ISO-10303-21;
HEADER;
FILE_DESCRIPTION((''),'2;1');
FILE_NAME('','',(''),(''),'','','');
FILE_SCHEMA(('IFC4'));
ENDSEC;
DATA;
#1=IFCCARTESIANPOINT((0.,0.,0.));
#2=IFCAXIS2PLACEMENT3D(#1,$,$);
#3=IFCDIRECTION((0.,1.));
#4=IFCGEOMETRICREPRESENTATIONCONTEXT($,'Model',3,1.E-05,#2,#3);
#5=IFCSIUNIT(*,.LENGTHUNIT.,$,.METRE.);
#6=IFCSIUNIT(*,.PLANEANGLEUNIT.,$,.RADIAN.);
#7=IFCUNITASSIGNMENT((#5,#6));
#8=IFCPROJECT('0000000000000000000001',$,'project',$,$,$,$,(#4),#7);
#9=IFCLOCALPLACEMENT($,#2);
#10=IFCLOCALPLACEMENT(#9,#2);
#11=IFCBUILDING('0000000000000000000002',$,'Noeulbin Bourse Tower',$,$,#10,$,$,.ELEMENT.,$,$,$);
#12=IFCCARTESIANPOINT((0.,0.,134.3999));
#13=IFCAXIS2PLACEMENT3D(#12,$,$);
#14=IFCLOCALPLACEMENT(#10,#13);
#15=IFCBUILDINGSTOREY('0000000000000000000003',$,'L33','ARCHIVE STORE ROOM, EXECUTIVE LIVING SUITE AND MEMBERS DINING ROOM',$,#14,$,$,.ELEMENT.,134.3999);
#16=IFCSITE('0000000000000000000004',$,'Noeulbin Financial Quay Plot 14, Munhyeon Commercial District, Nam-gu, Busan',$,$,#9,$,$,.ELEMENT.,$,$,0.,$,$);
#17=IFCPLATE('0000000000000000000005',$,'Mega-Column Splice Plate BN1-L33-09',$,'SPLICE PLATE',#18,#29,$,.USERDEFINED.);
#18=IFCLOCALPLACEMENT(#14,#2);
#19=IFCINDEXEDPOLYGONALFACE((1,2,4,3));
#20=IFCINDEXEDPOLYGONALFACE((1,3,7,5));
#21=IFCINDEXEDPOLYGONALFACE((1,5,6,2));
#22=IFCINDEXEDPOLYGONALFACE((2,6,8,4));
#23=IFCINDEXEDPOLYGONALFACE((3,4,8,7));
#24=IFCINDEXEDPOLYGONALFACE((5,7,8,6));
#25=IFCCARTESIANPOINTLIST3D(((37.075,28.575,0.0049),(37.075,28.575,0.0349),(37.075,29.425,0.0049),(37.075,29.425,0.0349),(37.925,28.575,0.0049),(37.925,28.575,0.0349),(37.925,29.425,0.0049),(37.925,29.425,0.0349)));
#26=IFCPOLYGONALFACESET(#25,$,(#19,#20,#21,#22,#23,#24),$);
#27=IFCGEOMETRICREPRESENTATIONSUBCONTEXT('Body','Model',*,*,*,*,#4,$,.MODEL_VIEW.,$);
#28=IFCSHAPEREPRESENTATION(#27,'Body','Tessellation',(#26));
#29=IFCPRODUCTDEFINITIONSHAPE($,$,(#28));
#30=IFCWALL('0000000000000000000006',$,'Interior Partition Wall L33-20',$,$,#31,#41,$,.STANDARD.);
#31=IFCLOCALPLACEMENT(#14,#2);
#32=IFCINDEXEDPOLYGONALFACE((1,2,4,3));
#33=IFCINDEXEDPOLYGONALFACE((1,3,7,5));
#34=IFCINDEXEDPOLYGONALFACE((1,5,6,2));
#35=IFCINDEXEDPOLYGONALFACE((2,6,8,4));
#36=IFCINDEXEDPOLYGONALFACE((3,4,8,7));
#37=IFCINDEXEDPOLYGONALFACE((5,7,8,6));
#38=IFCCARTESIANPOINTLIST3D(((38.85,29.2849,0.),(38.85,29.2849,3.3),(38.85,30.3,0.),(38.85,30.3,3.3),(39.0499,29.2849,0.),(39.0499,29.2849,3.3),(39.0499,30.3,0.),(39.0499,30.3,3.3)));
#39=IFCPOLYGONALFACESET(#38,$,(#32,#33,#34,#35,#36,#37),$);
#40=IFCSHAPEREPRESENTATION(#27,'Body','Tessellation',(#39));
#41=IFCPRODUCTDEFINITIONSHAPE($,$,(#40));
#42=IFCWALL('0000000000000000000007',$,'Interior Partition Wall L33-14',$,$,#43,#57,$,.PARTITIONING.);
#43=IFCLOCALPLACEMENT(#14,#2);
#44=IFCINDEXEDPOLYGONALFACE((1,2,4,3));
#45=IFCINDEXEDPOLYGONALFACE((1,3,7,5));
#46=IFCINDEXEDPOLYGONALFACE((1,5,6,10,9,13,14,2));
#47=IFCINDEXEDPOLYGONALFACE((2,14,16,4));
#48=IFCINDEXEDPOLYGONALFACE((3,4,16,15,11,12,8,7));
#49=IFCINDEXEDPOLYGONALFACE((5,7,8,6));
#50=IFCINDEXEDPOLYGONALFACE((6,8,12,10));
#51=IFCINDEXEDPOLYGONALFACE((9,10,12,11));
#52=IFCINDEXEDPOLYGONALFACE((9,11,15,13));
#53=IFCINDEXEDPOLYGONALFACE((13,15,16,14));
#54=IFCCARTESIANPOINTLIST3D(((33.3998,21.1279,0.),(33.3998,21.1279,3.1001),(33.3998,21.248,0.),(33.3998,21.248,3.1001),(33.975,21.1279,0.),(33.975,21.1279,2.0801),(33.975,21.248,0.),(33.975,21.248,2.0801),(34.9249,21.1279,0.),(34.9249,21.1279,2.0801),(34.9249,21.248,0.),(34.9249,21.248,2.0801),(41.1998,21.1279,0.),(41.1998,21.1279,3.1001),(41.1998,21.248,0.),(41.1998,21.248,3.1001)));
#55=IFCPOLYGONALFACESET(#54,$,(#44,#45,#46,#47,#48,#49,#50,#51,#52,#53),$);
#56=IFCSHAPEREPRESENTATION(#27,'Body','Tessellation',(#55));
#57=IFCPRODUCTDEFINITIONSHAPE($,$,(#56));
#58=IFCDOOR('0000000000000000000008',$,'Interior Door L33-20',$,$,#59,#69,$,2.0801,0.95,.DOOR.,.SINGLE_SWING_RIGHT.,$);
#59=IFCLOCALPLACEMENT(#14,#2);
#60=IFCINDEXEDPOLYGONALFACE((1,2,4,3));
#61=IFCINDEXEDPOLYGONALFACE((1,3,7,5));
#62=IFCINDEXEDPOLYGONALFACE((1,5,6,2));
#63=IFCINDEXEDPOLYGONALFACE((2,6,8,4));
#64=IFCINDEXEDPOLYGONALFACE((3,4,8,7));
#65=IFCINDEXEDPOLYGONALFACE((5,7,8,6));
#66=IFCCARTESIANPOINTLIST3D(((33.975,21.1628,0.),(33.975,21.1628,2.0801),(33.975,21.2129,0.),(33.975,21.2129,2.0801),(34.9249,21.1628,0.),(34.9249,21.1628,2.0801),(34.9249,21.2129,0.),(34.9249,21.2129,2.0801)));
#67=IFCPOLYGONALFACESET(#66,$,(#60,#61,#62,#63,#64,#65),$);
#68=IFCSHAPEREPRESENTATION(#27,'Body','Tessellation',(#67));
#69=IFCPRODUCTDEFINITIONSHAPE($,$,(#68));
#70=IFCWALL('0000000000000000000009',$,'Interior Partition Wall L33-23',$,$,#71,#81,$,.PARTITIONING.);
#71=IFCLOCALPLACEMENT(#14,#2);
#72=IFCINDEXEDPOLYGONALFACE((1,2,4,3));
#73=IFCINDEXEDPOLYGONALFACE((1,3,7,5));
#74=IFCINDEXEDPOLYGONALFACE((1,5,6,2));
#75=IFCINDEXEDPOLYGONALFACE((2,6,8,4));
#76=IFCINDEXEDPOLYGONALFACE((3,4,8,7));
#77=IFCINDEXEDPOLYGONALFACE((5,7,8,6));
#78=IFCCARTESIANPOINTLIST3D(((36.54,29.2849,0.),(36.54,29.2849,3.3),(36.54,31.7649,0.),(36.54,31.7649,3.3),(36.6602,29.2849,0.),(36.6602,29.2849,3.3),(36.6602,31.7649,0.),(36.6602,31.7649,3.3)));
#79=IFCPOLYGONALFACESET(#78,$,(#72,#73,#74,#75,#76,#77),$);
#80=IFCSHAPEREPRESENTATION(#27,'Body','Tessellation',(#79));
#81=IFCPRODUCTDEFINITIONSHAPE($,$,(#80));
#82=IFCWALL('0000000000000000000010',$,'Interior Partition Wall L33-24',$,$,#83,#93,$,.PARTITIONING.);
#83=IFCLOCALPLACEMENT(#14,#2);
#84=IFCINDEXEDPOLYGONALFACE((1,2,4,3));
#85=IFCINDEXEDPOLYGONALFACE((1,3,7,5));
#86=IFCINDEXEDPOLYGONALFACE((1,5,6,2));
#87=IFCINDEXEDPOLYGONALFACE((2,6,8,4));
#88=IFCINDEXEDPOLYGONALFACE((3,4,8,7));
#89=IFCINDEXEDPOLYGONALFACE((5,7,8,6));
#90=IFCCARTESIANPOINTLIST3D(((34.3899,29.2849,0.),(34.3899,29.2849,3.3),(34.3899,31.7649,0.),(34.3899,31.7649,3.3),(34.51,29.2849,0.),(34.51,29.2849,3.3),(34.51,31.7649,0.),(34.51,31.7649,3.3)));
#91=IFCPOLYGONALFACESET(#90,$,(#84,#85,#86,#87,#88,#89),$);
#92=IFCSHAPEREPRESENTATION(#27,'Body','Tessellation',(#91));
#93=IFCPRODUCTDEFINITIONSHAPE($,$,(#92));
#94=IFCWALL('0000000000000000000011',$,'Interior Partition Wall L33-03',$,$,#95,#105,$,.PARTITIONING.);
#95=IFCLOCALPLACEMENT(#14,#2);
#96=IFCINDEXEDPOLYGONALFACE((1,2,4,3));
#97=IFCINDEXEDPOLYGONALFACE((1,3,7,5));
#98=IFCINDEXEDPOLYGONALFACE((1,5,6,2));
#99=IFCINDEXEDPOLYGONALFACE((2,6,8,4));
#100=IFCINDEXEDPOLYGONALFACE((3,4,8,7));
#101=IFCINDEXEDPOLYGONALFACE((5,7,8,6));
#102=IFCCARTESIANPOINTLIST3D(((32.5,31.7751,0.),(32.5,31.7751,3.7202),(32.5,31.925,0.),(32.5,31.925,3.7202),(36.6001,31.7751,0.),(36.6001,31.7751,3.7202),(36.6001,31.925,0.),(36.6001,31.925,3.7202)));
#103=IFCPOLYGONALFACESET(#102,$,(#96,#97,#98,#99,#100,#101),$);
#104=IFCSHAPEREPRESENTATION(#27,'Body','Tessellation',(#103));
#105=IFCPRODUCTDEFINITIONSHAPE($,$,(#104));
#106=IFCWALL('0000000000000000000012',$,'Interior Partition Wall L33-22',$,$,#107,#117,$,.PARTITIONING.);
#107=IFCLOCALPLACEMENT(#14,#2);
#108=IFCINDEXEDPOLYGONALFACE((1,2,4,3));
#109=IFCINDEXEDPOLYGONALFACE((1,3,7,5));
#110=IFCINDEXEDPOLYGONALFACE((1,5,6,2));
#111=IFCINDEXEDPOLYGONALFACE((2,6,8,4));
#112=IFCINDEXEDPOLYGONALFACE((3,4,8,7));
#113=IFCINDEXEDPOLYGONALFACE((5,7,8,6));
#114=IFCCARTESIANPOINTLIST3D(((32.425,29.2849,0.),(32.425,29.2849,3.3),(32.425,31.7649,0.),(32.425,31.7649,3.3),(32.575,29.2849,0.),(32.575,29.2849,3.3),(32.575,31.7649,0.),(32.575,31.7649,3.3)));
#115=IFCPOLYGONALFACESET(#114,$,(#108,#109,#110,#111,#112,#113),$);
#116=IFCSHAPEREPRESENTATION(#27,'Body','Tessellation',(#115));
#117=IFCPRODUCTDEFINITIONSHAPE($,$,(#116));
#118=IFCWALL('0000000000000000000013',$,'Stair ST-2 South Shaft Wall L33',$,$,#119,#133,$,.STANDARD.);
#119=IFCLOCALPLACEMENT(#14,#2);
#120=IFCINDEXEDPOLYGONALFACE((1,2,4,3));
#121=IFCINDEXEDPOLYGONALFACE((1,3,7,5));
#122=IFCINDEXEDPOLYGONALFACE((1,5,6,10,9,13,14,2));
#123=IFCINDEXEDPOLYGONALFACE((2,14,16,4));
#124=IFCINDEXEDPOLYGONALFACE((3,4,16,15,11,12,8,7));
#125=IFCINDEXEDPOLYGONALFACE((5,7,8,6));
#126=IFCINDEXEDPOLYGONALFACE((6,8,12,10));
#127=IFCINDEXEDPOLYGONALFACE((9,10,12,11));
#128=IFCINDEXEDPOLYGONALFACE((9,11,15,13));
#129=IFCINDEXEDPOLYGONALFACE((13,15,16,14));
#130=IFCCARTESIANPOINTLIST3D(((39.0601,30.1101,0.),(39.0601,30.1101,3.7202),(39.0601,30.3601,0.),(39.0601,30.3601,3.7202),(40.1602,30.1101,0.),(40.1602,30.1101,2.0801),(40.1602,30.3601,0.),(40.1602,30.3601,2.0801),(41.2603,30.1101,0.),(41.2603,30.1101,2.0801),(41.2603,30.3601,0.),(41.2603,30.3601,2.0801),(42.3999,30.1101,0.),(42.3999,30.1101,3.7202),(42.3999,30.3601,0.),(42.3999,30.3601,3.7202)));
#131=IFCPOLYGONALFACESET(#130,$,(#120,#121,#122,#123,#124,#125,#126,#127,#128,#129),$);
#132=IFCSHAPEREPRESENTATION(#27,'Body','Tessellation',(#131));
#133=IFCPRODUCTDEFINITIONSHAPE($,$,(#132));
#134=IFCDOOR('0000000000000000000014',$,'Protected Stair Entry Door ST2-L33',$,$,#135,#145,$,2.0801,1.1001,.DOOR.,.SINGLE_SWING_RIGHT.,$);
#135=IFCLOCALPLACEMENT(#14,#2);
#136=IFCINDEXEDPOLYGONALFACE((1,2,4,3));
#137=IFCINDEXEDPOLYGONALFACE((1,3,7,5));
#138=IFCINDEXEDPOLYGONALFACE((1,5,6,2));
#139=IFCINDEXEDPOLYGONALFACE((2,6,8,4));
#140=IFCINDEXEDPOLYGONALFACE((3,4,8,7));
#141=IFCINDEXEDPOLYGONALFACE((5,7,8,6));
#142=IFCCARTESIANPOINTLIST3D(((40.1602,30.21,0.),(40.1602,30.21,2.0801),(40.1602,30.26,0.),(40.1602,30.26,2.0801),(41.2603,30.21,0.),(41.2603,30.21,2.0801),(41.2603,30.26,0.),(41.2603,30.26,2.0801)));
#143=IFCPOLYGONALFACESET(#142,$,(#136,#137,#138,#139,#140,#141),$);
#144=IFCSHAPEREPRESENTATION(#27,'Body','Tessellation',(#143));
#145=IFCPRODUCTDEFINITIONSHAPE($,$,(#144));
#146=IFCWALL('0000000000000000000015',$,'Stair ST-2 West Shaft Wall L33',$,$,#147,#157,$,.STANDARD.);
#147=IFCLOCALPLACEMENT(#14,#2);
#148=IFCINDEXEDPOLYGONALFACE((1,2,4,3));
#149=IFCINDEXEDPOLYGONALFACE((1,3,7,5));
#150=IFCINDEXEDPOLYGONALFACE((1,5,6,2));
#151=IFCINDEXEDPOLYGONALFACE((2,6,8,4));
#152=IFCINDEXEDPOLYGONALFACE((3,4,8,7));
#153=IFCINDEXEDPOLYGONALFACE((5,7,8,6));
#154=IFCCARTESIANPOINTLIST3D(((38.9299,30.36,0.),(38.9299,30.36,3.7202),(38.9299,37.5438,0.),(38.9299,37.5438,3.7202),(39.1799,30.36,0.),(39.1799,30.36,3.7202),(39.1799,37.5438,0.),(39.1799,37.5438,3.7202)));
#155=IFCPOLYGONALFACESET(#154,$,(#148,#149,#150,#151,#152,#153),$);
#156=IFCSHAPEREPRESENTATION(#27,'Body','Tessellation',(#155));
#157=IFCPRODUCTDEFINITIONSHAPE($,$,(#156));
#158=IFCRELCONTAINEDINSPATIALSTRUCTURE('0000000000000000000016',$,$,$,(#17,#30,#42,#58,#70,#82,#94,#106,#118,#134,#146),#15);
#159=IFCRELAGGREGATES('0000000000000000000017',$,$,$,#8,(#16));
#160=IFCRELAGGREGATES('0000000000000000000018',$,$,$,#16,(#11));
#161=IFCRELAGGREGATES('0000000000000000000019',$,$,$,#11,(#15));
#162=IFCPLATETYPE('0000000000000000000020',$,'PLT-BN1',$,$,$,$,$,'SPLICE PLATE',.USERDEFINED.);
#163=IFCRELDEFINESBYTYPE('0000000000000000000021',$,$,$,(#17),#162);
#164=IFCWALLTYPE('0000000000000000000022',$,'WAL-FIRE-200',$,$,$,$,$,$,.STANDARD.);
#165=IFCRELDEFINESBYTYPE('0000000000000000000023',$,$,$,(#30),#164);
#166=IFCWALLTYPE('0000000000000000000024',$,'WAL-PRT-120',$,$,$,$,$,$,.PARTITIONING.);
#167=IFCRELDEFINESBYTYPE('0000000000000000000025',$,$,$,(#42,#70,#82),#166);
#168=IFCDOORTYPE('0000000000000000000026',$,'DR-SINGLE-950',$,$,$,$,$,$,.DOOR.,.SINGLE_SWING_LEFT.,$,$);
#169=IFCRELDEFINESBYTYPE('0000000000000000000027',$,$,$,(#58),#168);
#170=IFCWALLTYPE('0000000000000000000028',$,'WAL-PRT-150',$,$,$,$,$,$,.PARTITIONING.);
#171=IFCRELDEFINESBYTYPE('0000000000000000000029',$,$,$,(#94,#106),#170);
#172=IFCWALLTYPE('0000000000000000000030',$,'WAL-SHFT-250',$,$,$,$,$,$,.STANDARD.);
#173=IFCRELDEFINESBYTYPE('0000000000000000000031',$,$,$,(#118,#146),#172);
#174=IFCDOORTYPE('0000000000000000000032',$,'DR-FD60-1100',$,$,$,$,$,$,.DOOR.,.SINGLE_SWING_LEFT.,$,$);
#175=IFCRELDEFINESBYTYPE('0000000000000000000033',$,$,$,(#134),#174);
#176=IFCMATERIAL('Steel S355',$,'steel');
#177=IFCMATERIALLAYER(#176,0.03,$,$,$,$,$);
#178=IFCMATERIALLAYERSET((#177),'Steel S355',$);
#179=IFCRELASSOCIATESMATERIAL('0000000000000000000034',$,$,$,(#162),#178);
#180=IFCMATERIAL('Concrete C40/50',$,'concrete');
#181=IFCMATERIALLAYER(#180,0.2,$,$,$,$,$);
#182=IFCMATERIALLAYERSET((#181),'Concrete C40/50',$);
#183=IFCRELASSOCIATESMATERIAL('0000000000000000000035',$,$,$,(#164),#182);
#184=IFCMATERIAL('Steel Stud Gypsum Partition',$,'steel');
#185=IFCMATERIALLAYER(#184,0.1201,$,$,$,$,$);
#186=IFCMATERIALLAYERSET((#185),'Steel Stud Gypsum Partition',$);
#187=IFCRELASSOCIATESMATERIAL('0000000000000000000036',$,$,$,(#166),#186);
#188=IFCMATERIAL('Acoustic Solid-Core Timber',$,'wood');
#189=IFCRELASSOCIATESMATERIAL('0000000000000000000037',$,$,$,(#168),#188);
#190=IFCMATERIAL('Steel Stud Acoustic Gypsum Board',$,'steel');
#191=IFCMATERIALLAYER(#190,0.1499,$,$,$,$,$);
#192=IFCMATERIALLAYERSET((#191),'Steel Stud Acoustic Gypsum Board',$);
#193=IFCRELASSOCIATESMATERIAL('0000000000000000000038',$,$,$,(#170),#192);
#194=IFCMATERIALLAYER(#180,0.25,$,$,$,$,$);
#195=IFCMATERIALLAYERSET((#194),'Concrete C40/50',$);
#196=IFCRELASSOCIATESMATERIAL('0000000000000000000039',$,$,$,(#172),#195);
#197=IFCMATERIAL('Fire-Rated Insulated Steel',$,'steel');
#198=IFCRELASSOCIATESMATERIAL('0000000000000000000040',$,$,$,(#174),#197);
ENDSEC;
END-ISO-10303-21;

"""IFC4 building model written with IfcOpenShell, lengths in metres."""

from ifc_helpers import new_model, si_unit, direction, frame, frame_2d, origin, origin_2d, place, context, subcontext, project, spatial, rectangle, extrude, material, layer, layer_set, type_object, element, fill, save


model = new_model("IFC4")

# Units and contexts
model_context = context("Model", 3, precision=1e-05, world=origin(), true_north=direction((0.0, 1.0)))
body_context = subcontext(model_context, "Body", "Model", "MODEL_VIEW")
ifc_project = project(units=[si_unit("LENGTHUNIT", "METRE"), si_unit("PLANEANGLEUNIT", "RADIAN")], contexts=[model_context])

# Site, building, storey
site_placement = place(None, origin())
site = spatial("IfcSite", under=ifc_project, at=site_placement, Name="Noeulbin Financial Quay Plot 14, Munhyeon Commercial District, Nam-gu, Busan", CompositionType="ELEMENT", RefElevation=0.0)
building_placement = place(site_placement, origin())
building = spatial("IfcBuilding", under=site, at=building_placement, Name="Noeulbin Bourse Tower", CompositionType="ELEMENT")
storey_placement = place(building_placement, frame((0.0, 0.0, 134.3999)))
storey = spatial("IfcBuildingStorey", under=building, at=storey_placement, Name="L33", Description="ARCHIVE STORE ROOM, EXECUTIVE LIVING SUITE AND MEMBERS DINING ROOM", CompositionType="ELEMENT", Elevation=134.3999)

# Shared definitions
ifc_material_1 = material(Name="Steel S355", Category="steel")

# Plate
ifc_layer_1 = layer(ifc_material_1, 0.03)
ifc_layer_set_1 = layer_set([ifc_layer_1], Name="Steel S355")
plate_type = type_object("IfcPlateType", Name="PLT-BN1", ElementType="SPLICE PLATE", PredefinedType="USERDEFINED", material=ifc_layer_set_1)
for number, where, z_axis, x_axis, name in (
    (1, (37.5, 29.0, 0.0049), (0.0, 0.0, 1.0), (1.0, 0.0, 0.0), "Mega-Column Splice Plate BN1-L33-09"),
):
    element("IfcPlate", number, at=place(storey_placement, frame(where, z_axis=z_axis, x_axis=x_axis)), inside=storey, type_object=plate_type, Name=name, ObjectType="SPLICE PLATE", PredefinedType="USERDEFINED", context=body_context, shape_type="SweptSolid", body=[
        extrude(rectangle(XDim=0.8501, YDim=0.8501, at=origin_2d()), origin(), (0.0, 0.0, 1.0), 0.03),
    ])

# Wall
ifc_material_2 = material(Name="Concrete C40/50", Category="concrete")
ifc_layer_2 = layer(ifc_material_2, 0.2)
ifc_layer_set_2 = layer_set([ifc_layer_2], Name="Concrete C40/50")
wall_type_1 = type_object("IfcWallType", Name="WAL-FIRE-200", PredefinedType="STANDARD", material=ifc_layer_set_2)
wall_1_placement = place(storey_placement, frame((38.95, 29.2849, 0.0), z_axis=(0.0, 0.0, 1.0), x_axis=(0.0, 1.0, 0.0)))
element("IfcWall", 2, at=wall_1_placement, inside=storey, type_object=wall_type_1, Name="Interior Partition Wall L33-20", PredefinedType="STANDARD", context=body_context, shape_type="SweptSolid", body=[
    extrude(rectangle(XDim=1.0151, YDim=0.2, at=frame_2d((0.5076, 0.0))), origin(), (0.0, 0.0, 1.0), 3.3),
])

# Wall, opening, door
ifc_material_3 = material(Name="Steel Stud Gypsum Partition", Category="steel")
ifc_layer_3 = layer(ifc_material_3, 0.1201)
ifc_layer_set_3 = layer_set([ifc_layer_3], Name="Steel Stud Gypsum Partition")
wall_type_2 = type_object("IfcWallType", Name="WAL-PRT-120", PredefinedType="PARTITIONING", material=ifc_layer_set_3)
wall_2_placement = place(storey_placement, frame((33.3999, 21.188, 0.0), z_axis=(0.0, 0.0, 1.0), x_axis=(1.0, 0.0, 0.0)))
wall_2 = element("IfcWall", 3, at=wall_2_placement, inside=storey, type_object=wall_type_2, Name="Interior Partition Wall L33-14", PredefinedType="PARTITIONING", context=body_context, shape_type="SweptSolid", body=[
    extrude(rectangle(XDim=7.8, YDim=0.1201, at=frame_2d((3.8999, 0.0))), origin(), (0.0, 0.0, 1.0), 3.1001),
])
opening_1_placement = place(wall_2_placement, frame((0.575, 0.0, 0.0)))
opening_1 = element("IfcOpeningElement", 4, at=opening_1_placement, cuts=wall_2, PredefinedType="OPENING", context=body_context, shape_type="SweptSolid", body=[
    extrude(rectangle(XDim=0.95, YDim=2.0801, at=frame_2d((0.4751, 1.04))), frame((0.0, 0.0701, 0.0), z_axis=(0.0, -1.0, 0.0), x_axis=(1.0, 0.0, 0.0)), (0.0, 0.0, 1.0), 0.1401),
])
ifc_material_4 = material(Name="Acoustic Solid-Core Timber", Category="wood")
door_type_1 = type_object("IfcDoorType", Name="DR-SINGLE-950", OperationType="SINGLE_SWING_LEFT", PredefinedType="DOOR", material=ifc_material_4)
door_1_placement = place(opening_1_placement, origin())
door_1 = element("IfcDoor", 5, at=door_1_placement, inside=storey, type_object=door_type_1, Name="Interior Door L33-20", OperationType="SINGLE_SWING_RIGHT", OverallHeight=2.0801, OverallWidth=0.95, PredefinedType="DOOR", context=body_context, shape_type="SweptSolid", body=[
    extrude(rectangle(XDim=0.95, YDim=2.0801, at=frame_2d((0.4751, 1.04))), frame((0.0, 0.0249, 0.0), z_axis=(0.0, -1.0, 0.0), x_axis=(1.0, 0.0, 0.0)), (0.0, 0.0, 1.0), 0.05),
])
fill(opening_1, door_1)

# Walls
for number, where, z_axis, x_axis, name in (
    (6, (36.6001, 29.2849, 0.0), (0.0, 0.0, 1.0), (0.0, 1.0, 0.0), "Interior Partition Wall L33-23"),
    (7, (34.45, 29.2849, 0.0), (0.0, 0.0, 1.0), (0.0, 1.0, 0.0), "Interior Partition Wall L33-24"),
):
    element("IfcWall", number, at=place(storey_placement, frame(where, z_axis=z_axis, x_axis=x_axis)), inside=storey, type_object=wall_type_2, Name=name, PredefinedType="PARTITIONING", context=body_context, shape_type="SweptSolid", body=[
        extrude(rectangle(XDim=2.48, YDim=0.1201, at=frame_2d((1.24, 0.0))), origin(), (0.0, 0.0, 1.0), 3.3),
    ])
ifc_material_5 = material(Name="Steel Stud Acoustic Gypsum Board", Category="steel")
ifc_layer_4 = layer(ifc_material_5, 0.1499)
ifc_layer_set_4 = layer_set([ifc_layer_4], Name="Steel Stud Acoustic Gypsum Board")
wall_type_3 = type_object("IfcWallType", Name="WAL-PRT-150", PredefinedType="PARTITIONING", material=ifc_layer_set_4)
wall_3_placement = place(storey_placement, frame((32.5, 31.8501, 0.0), z_axis=(0.0, 0.0, 1.0), x_axis=(1.0, 0.0, 0.0)))
element("IfcWall", 8, at=wall_3_placement, inside=storey, type_object=wall_type_3, Name="Interior Partition Wall L33-03", PredefinedType="PARTITIONING", context=body_context, shape_type="SweptSolid", body=[
    extrude(rectangle(XDim=4.1001, YDim=0.1499, at=frame_2d((2.05, 0.0))), origin(), (0.0, 0.0, 1.0), 3.7202),
])
wall_4_placement = place(storey_placement, frame((32.5, 29.2849, 0.0), z_axis=(0.0, 0.0, 1.0), x_axis=(0.0, 1.0, 0.0)))
element("IfcWall", 9, at=wall_4_placement, inside=storey, type_object=wall_type_3, Name="Interior Partition Wall L33-22", PredefinedType="PARTITIONING", context=body_context, shape_type="SweptSolid", body=[
    extrude(rectangle(XDim=2.48, YDim=0.1499, at=frame_2d((1.24, 0.0))), origin(), (0.0, 0.0, 1.0), 3.3),
])

# Wall, opening, door
ifc_layer_5 = layer(ifc_material_2, 0.25)
ifc_layer_set_5 = layer_set([ifc_layer_5], Name="Concrete C40/50")
wall_type_4 = type_object("IfcWallType", Name="WAL-SHFT-250", PredefinedType="STANDARD", material=ifc_layer_set_5)
wall_5_placement = place(storey_placement, frame((39.0601, 30.2351, 0.0), z_axis=(0.0, 0.0, 1.0), x_axis=(1.0, 0.0, 0.0)))
wall_5 = element("IfcWall", 10, at=wall_5_placement, inside=storey, type_object=wall_type_4, Name="Stair ST-2 South Shaft Wall L33", PredefinedType="STANDARD", context=body_context, shape_type="SweptSolid", body=[
    extrude(rectangle(XDim=3.3398, YDim=0.25, at=frame_2d((1.6699, 0.0))), origin(), (0.0, 0.0, 1.0), 3.7202),
])
opening_2_placement = place(wall_5_placement, frame((1.1001, 0.0, 0.0)))
opening_2 = element("IfcOpeningElement", 11, at=opening_2_placement, cuts=wall_5, PredefinedType="OPENING", context=body_context, shape_type="SweptSolid", body=[
    extrude(rectangle(XDim=1.1001, YDim=2.0801, at=frame_2d((0.55, 1.04))), frame((0.0, 0.135, 0.0), z_axis=(0.0, -1.0, 0.0), x_axis=(1.0, 0.0, 0.0)), (0.0, 0.0, 1.0), 0.27),
])
ifc_material_6 = material(Name="Fire-Rated Insulated Steel", Category="steel")
door_type_2 = type_object("IfcDoorType", Name="DR-FD60-1100", OperationType="SINGLE_SWING_LEFT", PredefinedType="DOOR", material=ifc_material_6)
door_2_placement = place(opening_2_placement, origin())
door_2 = element("IfcDoor", 12, at=door_2_placement, inside=storey, type_object=door_type_2, Name="Protected Stair Entry Door ST2-L33", OperationType="SINGLE_SWING_RIGHT", OverallHeight=2.0801, OverallWidth=1.1001, PredefinedType="DOOR", context=body_context, shape_type="SweptSolid", body=[
    extrude(rectangle(XDim=1.1001, YDim=2.0801, at=frame_2d((0.55, 1.04))), frame((0.0, 0.0249, 0.0), z_axis=(0.0, -1.0, 0.0), x_axis=(1.0, 0.0, 0.0)), (0.0, 0.0, 1.0), 0.05),
])
fill(opening_2, door_2)

# Wall
wall_6_placement = place(storey_placement, frame((39.0549, 30.3601, 0.0), z_axis=(0.0, 0.0, 1.0), x_axis=(0.0, 1.0, 0.0)))
element("IfcWall", 13, at=wall_6_placement, inside=storey, type_object=wall_type_4, Name="Stair ST-2 West Shaft Wall L33", PredefinedType="STANDARD", context=body_context, shape_type="SweptSolid", body=[
    extrude(rectangle(XDim=7.1838, YDim=0.25, at=frame_2d((3.5918, 0.0))), origin(), (0.0, 0.0, 1.0), 3.7202),
])

save(model, "model.ifc")
